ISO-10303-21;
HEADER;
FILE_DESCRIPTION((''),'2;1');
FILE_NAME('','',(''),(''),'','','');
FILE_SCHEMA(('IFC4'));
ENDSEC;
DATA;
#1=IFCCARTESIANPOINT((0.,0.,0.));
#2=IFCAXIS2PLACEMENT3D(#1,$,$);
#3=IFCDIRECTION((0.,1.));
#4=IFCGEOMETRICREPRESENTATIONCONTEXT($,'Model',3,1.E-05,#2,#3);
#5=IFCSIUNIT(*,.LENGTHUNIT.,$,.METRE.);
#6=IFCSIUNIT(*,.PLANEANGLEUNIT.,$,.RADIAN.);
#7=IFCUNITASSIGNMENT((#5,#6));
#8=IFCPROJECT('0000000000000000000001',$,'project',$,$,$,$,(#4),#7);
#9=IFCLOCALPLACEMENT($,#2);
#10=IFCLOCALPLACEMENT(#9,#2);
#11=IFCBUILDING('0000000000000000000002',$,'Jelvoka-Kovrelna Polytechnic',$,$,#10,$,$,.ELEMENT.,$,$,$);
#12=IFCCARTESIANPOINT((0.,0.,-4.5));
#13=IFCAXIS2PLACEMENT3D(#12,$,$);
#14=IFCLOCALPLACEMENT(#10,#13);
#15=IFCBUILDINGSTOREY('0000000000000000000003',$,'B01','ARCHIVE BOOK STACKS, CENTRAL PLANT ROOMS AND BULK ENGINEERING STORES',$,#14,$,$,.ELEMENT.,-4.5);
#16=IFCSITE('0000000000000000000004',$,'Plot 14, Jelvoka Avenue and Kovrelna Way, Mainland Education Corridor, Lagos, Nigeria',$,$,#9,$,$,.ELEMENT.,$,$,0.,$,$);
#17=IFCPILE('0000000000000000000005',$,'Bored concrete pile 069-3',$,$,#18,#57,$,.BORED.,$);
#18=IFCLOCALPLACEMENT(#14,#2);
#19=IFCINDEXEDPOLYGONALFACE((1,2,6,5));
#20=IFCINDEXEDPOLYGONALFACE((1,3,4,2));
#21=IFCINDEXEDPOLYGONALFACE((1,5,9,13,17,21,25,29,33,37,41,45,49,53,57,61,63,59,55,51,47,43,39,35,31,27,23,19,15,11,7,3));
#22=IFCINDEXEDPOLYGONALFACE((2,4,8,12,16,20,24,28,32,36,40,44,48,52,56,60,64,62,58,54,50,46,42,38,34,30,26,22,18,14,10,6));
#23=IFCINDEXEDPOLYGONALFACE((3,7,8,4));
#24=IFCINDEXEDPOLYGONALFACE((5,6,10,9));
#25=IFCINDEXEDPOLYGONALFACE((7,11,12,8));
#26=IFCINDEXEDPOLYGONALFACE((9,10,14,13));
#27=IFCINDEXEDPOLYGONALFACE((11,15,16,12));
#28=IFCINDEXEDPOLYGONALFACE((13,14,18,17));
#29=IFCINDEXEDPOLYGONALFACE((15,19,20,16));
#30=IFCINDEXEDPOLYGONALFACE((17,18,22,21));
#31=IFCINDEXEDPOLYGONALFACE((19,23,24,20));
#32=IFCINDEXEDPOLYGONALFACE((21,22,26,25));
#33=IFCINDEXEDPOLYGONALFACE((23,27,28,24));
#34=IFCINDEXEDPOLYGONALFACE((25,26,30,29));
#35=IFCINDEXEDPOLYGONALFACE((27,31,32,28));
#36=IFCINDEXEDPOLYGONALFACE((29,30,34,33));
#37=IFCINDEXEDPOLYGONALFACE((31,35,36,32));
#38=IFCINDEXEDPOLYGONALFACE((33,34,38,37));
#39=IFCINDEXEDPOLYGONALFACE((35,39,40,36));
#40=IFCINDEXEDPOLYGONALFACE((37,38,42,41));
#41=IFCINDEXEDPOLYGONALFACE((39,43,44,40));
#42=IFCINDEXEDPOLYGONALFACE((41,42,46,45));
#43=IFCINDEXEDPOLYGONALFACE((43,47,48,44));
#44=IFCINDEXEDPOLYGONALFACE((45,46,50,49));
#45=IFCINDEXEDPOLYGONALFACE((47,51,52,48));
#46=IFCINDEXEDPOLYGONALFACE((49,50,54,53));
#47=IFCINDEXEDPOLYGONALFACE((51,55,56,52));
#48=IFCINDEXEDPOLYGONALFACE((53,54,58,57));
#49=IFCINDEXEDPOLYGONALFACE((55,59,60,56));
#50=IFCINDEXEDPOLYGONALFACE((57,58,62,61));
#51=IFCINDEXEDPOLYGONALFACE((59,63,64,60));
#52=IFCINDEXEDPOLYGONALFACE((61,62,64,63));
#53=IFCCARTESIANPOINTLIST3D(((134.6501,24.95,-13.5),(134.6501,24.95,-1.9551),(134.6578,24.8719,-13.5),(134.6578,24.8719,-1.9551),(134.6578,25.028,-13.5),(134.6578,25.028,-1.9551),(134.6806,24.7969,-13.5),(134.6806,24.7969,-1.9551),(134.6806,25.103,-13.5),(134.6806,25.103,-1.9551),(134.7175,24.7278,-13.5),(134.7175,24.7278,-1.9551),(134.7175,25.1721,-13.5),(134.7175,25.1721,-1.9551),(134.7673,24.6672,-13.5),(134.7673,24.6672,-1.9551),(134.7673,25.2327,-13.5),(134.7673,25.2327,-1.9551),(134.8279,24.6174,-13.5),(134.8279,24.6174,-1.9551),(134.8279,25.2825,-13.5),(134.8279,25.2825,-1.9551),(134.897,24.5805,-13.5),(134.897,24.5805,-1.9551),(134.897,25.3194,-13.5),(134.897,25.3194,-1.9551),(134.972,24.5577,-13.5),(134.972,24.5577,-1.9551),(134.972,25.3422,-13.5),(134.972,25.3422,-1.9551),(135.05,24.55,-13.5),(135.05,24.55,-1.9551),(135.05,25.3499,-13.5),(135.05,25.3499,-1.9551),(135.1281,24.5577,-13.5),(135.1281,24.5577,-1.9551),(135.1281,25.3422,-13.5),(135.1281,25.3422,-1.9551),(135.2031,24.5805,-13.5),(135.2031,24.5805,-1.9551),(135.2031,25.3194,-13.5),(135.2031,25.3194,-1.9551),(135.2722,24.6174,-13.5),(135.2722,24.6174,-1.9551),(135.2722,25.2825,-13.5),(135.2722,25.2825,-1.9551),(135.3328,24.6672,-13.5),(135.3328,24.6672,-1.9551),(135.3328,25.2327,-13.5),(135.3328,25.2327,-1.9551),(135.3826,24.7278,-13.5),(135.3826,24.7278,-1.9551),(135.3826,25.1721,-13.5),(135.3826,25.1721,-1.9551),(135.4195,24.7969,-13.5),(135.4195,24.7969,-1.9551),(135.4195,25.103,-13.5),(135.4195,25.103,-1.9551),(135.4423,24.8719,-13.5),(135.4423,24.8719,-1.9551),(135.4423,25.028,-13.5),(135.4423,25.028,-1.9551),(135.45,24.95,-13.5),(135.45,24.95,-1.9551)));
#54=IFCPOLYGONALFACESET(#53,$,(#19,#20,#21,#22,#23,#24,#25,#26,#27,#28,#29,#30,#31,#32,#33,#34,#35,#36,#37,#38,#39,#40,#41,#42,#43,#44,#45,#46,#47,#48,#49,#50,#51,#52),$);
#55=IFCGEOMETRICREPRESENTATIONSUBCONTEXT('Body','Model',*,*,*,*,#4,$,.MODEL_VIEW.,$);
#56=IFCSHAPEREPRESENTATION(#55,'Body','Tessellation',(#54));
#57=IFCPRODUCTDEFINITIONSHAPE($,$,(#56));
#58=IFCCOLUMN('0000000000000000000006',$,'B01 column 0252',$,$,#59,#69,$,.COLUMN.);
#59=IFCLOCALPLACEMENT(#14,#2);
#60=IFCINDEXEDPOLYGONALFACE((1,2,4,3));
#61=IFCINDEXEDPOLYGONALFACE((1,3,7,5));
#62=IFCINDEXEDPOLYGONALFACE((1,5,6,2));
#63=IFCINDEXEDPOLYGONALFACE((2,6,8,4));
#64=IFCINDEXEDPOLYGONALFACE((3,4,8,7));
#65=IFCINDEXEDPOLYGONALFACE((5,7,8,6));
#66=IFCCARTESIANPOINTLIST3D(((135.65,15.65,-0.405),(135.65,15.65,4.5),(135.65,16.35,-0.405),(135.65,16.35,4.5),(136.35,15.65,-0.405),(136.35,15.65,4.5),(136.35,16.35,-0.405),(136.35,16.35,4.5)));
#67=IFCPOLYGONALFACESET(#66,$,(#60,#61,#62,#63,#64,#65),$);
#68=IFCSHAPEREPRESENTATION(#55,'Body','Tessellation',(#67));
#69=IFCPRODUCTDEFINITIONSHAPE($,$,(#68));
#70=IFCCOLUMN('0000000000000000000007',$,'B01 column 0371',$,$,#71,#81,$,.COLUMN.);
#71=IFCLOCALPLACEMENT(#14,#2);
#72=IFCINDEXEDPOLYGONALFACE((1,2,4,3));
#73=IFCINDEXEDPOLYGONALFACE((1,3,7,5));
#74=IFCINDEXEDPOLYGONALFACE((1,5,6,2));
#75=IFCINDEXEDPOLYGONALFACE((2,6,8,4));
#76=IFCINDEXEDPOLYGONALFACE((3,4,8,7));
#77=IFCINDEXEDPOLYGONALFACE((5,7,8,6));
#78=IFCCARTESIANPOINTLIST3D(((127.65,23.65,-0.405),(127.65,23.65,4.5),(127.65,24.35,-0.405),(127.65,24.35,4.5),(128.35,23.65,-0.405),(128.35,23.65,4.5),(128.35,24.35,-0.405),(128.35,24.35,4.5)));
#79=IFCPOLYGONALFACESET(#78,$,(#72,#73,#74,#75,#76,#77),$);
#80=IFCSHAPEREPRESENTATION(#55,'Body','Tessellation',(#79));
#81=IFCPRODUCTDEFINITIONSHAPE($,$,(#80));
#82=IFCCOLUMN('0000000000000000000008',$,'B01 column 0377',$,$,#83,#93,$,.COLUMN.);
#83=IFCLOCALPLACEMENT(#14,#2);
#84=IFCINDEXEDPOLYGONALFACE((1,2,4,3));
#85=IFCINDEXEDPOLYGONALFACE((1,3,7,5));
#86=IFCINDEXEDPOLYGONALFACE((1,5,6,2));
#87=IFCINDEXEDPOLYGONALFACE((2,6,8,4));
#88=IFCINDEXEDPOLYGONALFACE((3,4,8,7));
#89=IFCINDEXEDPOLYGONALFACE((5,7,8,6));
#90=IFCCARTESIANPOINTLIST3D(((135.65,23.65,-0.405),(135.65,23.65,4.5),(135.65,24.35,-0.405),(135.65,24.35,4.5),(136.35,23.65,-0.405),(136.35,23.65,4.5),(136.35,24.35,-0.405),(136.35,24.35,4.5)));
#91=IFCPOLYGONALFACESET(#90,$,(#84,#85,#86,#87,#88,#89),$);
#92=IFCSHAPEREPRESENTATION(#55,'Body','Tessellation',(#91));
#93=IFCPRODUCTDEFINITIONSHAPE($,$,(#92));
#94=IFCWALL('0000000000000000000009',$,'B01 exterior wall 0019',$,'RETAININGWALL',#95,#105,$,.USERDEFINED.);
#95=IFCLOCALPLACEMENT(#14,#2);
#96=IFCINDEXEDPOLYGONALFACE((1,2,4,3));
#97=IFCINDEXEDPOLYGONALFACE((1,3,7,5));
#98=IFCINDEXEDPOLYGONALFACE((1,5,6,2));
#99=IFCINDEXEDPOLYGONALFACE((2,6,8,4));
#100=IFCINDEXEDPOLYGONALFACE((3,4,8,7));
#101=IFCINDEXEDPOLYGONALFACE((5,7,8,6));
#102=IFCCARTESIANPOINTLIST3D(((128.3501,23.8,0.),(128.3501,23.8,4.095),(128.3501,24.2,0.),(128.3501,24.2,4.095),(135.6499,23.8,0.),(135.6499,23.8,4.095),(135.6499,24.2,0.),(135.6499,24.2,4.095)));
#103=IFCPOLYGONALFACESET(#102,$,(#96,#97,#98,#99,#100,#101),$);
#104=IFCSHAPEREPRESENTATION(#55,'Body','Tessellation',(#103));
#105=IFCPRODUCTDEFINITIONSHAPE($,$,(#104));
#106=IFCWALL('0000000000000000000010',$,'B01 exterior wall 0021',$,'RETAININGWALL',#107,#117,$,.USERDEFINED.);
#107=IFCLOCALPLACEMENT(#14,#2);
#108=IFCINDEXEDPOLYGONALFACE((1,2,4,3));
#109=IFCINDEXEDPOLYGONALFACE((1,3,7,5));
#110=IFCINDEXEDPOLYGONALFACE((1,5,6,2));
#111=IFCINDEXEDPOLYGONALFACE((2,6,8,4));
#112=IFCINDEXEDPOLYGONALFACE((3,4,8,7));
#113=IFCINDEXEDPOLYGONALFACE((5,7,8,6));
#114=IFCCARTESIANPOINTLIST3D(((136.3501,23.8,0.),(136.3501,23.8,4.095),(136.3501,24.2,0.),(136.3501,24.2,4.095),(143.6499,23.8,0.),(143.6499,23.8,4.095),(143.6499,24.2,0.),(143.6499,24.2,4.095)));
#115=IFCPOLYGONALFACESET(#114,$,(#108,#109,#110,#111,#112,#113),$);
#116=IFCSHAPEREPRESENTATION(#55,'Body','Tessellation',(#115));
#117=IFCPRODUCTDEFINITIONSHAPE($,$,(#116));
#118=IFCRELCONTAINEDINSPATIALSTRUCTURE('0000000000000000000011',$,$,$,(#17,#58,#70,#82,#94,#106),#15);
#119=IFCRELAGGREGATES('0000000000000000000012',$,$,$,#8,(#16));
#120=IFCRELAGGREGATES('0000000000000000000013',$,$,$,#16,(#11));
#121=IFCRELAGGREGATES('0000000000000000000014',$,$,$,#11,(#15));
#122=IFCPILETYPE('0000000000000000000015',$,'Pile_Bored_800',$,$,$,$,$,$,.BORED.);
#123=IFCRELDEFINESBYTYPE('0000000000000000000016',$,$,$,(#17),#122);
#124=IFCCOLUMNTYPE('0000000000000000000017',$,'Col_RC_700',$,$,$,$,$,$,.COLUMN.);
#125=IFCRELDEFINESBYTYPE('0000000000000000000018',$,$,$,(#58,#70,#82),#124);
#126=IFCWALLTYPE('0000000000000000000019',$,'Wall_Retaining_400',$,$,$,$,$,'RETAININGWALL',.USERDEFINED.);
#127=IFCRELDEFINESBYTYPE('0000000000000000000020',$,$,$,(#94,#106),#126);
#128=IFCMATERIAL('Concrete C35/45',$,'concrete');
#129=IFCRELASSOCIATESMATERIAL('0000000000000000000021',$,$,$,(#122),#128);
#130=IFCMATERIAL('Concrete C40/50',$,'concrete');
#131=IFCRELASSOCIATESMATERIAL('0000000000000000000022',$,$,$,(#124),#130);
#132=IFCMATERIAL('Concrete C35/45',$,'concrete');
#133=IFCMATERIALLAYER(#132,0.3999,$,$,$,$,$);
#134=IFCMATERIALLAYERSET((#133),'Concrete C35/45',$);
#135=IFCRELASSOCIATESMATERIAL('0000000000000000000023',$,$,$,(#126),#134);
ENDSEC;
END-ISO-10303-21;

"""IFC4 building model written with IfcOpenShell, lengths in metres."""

from ifc_helpers import new_model, si_unit, direction, frame, frame_2d, origin, origin_2d, place, context, subcontext, project, spatial, rectangle, circle, extrude, material, layer, layer_set, material_profile, profile_set, type_object, element, save


model = new_model("IFC4")

# Units and contexts
model_context = context("Model", 3, precision=1e-05, world=origin(), true_north=direction((0.0, 1.0)))
body_context = subcontext(model_context, "Body", "Model", "MODEL_VIEW")
ifc_project = project(units=[si_unit("LENGTHUNIT", "METRE"), si_unit("PLANEANGLEUNIT", "RADIAN")], contexts=[model_context])

# Site, building, storey
site_placement = place(None, origin())
site = spatial("IfcSite", under=ifc_project, at=site_placement, Name="Plot 14, Jelvoka Avenue and Kovrelna Way, Mainland Education Corridor, Lagos, Nigeria", CompositionType="ELEMENT", RefElevation=0.0)
building_placement = place(site_placement, origin())
building = spatial("IfcBuilding", under=site, at=building_placement, Name="Jelvoka-Kovrelna Polytechnic", CompositionType="ELEMENT")
storey_placement = place(building_placement, frame((0.0, 0.0, -4.5)))
storey = spatial("IfcBuildingStorey", under=building, at=storey_placement, Name="B01", Description="ARCHIVE BOOK STACKS, CENTRAL PLANT ROOMS AND BULK ENGINEERING STORES", CompositionType="ELEMENT", Elevation=-4.5)

# Pile
ifc_material_1 = material(Name="Concrete C35/45", Category="concrete")
ifc_material_profile_1 = material_profile(ifc_material_1, circle(Radius=0.3999, at=origin_2d()), Name="PILE D800")
ifc_profile_set_1 = profile_set([ifc_material_profile_1], Name="Concrete C35/45")
pile_type = type_object("IfcPileType", Name="Pile_Bored_800", PredefinedType="BORED", material=ifc_profile_set_1)
for number, where, z_axis, x_axis, name in (
    (1, (135.05, 24.95, -1.9551), (0.0, 0.0, -1.0), (1.0, 0.0, 0.0), "Bored concrete pile 069-3"),
):
    element("IfcPile", number, at=place(storey_placement, frame(where, z_axis=z_axis, x_axis=x_axis)), inside=storey, type_object=pile_type, Name=name, PredefinedType="BORED", context=body_context, shape_type="SweptSolid", body=[
        extrude(circle(Radius=0.3999, at=origin_2d()), origin(), (0.0, 0.0, 1.0), 11.5449),
    ])

# Columns
ifc_material_2 = material(Name="Concrete C40/50", Category="concrete")
ifc_material_profile_2 = material_profile(ifc_material_2, rectangle(XDim=0.7, YDim=0.7, at=origin_2d()), Name="RC 700x700")
ifc_profile_set_2 = profile_set([ifc_material_profile_2], Name="Concrete C40/50")
column_type = type_object("IfcColumnType", Name="Col_RC_700", PredefinedType="COLUMN", material=ifc_profile_set_2)
for number, where, z_axis, x_axis, name in (
    (2, (136.0, 16.0, -0.405), (0.0, 0.0, 1.0), (1.0, 0.0, 0.0), "B01 column 0252"),
    (3, (128.0, 24.0, -0.405), (0.0, 0.0, 1.0), (1.0, 0.0, 0.0), "B01 column 0371"),
    (4, (136.0, 24.0, -0.405), (0.0, 0.0, 1.0), (1.0, 0.0, 0.0), "B01 column 0377"),
):
    element("IfcColumn", number, at=place(storey_placement, frame(where, z_axis=z_axis, x_axis=x_axis)), inside=storey, type_object=column_type, Name=name, PredefinedType="COLUMN", context=body_context, shape_type="SweptSolid", body=[
        extrude(rectangle(XDim=0.7, YDim=0.7, at=origin_2d()), origin(), (0.0, 0.0, 1.0), 4.905),
    ])

# Walls
ifc_material_3 = material(Name="Concrete C35/45", Category="concrete")
ifc_layer = layer(ifc_material_3, 0.3999)
ifc_layer_set = layer_set([ifc_layer], Name="Concrete C35/45")
wall_type = type_object("IfcWallType", Name="Wall_Retaining_400", ElementType="RETAININGWALL", PredefinedType="USERDEFINED", material=ifc_layer_set)
for number, where, z_axis, x_axis, name in (
    (5, (128.3501, 24.0, 0.0), (0.0, 0.0, 1.0), (1.0, 0.0, 0.0), "B01 exterior wall 0019"),
    (6, (136.3501, 24.0, 0.0), (0.0, 0.0, 1.0), (1.0, 0.0, 0.0), "B01 exterior wall 0021"),
):
    element("IfcWall", number, at=place(storey_placement, frame(where, z_axis=z_axis, x_axis=x_axis)), inside=storey, type_object=wall_type, Name=name, ObjectType="RETAININGWALL", PredefinedType="USERDEFINED", context=body_context, shape_type="SweptSolid", body=[
        extrude(rectangle(XDim=7.2998, YDim=0.3999, at=frame_2d((3.6499, 0.0))), origin(), (0.0, 0.0, 1.0), 4.095),
    ])

save(model, "model.ifc")
